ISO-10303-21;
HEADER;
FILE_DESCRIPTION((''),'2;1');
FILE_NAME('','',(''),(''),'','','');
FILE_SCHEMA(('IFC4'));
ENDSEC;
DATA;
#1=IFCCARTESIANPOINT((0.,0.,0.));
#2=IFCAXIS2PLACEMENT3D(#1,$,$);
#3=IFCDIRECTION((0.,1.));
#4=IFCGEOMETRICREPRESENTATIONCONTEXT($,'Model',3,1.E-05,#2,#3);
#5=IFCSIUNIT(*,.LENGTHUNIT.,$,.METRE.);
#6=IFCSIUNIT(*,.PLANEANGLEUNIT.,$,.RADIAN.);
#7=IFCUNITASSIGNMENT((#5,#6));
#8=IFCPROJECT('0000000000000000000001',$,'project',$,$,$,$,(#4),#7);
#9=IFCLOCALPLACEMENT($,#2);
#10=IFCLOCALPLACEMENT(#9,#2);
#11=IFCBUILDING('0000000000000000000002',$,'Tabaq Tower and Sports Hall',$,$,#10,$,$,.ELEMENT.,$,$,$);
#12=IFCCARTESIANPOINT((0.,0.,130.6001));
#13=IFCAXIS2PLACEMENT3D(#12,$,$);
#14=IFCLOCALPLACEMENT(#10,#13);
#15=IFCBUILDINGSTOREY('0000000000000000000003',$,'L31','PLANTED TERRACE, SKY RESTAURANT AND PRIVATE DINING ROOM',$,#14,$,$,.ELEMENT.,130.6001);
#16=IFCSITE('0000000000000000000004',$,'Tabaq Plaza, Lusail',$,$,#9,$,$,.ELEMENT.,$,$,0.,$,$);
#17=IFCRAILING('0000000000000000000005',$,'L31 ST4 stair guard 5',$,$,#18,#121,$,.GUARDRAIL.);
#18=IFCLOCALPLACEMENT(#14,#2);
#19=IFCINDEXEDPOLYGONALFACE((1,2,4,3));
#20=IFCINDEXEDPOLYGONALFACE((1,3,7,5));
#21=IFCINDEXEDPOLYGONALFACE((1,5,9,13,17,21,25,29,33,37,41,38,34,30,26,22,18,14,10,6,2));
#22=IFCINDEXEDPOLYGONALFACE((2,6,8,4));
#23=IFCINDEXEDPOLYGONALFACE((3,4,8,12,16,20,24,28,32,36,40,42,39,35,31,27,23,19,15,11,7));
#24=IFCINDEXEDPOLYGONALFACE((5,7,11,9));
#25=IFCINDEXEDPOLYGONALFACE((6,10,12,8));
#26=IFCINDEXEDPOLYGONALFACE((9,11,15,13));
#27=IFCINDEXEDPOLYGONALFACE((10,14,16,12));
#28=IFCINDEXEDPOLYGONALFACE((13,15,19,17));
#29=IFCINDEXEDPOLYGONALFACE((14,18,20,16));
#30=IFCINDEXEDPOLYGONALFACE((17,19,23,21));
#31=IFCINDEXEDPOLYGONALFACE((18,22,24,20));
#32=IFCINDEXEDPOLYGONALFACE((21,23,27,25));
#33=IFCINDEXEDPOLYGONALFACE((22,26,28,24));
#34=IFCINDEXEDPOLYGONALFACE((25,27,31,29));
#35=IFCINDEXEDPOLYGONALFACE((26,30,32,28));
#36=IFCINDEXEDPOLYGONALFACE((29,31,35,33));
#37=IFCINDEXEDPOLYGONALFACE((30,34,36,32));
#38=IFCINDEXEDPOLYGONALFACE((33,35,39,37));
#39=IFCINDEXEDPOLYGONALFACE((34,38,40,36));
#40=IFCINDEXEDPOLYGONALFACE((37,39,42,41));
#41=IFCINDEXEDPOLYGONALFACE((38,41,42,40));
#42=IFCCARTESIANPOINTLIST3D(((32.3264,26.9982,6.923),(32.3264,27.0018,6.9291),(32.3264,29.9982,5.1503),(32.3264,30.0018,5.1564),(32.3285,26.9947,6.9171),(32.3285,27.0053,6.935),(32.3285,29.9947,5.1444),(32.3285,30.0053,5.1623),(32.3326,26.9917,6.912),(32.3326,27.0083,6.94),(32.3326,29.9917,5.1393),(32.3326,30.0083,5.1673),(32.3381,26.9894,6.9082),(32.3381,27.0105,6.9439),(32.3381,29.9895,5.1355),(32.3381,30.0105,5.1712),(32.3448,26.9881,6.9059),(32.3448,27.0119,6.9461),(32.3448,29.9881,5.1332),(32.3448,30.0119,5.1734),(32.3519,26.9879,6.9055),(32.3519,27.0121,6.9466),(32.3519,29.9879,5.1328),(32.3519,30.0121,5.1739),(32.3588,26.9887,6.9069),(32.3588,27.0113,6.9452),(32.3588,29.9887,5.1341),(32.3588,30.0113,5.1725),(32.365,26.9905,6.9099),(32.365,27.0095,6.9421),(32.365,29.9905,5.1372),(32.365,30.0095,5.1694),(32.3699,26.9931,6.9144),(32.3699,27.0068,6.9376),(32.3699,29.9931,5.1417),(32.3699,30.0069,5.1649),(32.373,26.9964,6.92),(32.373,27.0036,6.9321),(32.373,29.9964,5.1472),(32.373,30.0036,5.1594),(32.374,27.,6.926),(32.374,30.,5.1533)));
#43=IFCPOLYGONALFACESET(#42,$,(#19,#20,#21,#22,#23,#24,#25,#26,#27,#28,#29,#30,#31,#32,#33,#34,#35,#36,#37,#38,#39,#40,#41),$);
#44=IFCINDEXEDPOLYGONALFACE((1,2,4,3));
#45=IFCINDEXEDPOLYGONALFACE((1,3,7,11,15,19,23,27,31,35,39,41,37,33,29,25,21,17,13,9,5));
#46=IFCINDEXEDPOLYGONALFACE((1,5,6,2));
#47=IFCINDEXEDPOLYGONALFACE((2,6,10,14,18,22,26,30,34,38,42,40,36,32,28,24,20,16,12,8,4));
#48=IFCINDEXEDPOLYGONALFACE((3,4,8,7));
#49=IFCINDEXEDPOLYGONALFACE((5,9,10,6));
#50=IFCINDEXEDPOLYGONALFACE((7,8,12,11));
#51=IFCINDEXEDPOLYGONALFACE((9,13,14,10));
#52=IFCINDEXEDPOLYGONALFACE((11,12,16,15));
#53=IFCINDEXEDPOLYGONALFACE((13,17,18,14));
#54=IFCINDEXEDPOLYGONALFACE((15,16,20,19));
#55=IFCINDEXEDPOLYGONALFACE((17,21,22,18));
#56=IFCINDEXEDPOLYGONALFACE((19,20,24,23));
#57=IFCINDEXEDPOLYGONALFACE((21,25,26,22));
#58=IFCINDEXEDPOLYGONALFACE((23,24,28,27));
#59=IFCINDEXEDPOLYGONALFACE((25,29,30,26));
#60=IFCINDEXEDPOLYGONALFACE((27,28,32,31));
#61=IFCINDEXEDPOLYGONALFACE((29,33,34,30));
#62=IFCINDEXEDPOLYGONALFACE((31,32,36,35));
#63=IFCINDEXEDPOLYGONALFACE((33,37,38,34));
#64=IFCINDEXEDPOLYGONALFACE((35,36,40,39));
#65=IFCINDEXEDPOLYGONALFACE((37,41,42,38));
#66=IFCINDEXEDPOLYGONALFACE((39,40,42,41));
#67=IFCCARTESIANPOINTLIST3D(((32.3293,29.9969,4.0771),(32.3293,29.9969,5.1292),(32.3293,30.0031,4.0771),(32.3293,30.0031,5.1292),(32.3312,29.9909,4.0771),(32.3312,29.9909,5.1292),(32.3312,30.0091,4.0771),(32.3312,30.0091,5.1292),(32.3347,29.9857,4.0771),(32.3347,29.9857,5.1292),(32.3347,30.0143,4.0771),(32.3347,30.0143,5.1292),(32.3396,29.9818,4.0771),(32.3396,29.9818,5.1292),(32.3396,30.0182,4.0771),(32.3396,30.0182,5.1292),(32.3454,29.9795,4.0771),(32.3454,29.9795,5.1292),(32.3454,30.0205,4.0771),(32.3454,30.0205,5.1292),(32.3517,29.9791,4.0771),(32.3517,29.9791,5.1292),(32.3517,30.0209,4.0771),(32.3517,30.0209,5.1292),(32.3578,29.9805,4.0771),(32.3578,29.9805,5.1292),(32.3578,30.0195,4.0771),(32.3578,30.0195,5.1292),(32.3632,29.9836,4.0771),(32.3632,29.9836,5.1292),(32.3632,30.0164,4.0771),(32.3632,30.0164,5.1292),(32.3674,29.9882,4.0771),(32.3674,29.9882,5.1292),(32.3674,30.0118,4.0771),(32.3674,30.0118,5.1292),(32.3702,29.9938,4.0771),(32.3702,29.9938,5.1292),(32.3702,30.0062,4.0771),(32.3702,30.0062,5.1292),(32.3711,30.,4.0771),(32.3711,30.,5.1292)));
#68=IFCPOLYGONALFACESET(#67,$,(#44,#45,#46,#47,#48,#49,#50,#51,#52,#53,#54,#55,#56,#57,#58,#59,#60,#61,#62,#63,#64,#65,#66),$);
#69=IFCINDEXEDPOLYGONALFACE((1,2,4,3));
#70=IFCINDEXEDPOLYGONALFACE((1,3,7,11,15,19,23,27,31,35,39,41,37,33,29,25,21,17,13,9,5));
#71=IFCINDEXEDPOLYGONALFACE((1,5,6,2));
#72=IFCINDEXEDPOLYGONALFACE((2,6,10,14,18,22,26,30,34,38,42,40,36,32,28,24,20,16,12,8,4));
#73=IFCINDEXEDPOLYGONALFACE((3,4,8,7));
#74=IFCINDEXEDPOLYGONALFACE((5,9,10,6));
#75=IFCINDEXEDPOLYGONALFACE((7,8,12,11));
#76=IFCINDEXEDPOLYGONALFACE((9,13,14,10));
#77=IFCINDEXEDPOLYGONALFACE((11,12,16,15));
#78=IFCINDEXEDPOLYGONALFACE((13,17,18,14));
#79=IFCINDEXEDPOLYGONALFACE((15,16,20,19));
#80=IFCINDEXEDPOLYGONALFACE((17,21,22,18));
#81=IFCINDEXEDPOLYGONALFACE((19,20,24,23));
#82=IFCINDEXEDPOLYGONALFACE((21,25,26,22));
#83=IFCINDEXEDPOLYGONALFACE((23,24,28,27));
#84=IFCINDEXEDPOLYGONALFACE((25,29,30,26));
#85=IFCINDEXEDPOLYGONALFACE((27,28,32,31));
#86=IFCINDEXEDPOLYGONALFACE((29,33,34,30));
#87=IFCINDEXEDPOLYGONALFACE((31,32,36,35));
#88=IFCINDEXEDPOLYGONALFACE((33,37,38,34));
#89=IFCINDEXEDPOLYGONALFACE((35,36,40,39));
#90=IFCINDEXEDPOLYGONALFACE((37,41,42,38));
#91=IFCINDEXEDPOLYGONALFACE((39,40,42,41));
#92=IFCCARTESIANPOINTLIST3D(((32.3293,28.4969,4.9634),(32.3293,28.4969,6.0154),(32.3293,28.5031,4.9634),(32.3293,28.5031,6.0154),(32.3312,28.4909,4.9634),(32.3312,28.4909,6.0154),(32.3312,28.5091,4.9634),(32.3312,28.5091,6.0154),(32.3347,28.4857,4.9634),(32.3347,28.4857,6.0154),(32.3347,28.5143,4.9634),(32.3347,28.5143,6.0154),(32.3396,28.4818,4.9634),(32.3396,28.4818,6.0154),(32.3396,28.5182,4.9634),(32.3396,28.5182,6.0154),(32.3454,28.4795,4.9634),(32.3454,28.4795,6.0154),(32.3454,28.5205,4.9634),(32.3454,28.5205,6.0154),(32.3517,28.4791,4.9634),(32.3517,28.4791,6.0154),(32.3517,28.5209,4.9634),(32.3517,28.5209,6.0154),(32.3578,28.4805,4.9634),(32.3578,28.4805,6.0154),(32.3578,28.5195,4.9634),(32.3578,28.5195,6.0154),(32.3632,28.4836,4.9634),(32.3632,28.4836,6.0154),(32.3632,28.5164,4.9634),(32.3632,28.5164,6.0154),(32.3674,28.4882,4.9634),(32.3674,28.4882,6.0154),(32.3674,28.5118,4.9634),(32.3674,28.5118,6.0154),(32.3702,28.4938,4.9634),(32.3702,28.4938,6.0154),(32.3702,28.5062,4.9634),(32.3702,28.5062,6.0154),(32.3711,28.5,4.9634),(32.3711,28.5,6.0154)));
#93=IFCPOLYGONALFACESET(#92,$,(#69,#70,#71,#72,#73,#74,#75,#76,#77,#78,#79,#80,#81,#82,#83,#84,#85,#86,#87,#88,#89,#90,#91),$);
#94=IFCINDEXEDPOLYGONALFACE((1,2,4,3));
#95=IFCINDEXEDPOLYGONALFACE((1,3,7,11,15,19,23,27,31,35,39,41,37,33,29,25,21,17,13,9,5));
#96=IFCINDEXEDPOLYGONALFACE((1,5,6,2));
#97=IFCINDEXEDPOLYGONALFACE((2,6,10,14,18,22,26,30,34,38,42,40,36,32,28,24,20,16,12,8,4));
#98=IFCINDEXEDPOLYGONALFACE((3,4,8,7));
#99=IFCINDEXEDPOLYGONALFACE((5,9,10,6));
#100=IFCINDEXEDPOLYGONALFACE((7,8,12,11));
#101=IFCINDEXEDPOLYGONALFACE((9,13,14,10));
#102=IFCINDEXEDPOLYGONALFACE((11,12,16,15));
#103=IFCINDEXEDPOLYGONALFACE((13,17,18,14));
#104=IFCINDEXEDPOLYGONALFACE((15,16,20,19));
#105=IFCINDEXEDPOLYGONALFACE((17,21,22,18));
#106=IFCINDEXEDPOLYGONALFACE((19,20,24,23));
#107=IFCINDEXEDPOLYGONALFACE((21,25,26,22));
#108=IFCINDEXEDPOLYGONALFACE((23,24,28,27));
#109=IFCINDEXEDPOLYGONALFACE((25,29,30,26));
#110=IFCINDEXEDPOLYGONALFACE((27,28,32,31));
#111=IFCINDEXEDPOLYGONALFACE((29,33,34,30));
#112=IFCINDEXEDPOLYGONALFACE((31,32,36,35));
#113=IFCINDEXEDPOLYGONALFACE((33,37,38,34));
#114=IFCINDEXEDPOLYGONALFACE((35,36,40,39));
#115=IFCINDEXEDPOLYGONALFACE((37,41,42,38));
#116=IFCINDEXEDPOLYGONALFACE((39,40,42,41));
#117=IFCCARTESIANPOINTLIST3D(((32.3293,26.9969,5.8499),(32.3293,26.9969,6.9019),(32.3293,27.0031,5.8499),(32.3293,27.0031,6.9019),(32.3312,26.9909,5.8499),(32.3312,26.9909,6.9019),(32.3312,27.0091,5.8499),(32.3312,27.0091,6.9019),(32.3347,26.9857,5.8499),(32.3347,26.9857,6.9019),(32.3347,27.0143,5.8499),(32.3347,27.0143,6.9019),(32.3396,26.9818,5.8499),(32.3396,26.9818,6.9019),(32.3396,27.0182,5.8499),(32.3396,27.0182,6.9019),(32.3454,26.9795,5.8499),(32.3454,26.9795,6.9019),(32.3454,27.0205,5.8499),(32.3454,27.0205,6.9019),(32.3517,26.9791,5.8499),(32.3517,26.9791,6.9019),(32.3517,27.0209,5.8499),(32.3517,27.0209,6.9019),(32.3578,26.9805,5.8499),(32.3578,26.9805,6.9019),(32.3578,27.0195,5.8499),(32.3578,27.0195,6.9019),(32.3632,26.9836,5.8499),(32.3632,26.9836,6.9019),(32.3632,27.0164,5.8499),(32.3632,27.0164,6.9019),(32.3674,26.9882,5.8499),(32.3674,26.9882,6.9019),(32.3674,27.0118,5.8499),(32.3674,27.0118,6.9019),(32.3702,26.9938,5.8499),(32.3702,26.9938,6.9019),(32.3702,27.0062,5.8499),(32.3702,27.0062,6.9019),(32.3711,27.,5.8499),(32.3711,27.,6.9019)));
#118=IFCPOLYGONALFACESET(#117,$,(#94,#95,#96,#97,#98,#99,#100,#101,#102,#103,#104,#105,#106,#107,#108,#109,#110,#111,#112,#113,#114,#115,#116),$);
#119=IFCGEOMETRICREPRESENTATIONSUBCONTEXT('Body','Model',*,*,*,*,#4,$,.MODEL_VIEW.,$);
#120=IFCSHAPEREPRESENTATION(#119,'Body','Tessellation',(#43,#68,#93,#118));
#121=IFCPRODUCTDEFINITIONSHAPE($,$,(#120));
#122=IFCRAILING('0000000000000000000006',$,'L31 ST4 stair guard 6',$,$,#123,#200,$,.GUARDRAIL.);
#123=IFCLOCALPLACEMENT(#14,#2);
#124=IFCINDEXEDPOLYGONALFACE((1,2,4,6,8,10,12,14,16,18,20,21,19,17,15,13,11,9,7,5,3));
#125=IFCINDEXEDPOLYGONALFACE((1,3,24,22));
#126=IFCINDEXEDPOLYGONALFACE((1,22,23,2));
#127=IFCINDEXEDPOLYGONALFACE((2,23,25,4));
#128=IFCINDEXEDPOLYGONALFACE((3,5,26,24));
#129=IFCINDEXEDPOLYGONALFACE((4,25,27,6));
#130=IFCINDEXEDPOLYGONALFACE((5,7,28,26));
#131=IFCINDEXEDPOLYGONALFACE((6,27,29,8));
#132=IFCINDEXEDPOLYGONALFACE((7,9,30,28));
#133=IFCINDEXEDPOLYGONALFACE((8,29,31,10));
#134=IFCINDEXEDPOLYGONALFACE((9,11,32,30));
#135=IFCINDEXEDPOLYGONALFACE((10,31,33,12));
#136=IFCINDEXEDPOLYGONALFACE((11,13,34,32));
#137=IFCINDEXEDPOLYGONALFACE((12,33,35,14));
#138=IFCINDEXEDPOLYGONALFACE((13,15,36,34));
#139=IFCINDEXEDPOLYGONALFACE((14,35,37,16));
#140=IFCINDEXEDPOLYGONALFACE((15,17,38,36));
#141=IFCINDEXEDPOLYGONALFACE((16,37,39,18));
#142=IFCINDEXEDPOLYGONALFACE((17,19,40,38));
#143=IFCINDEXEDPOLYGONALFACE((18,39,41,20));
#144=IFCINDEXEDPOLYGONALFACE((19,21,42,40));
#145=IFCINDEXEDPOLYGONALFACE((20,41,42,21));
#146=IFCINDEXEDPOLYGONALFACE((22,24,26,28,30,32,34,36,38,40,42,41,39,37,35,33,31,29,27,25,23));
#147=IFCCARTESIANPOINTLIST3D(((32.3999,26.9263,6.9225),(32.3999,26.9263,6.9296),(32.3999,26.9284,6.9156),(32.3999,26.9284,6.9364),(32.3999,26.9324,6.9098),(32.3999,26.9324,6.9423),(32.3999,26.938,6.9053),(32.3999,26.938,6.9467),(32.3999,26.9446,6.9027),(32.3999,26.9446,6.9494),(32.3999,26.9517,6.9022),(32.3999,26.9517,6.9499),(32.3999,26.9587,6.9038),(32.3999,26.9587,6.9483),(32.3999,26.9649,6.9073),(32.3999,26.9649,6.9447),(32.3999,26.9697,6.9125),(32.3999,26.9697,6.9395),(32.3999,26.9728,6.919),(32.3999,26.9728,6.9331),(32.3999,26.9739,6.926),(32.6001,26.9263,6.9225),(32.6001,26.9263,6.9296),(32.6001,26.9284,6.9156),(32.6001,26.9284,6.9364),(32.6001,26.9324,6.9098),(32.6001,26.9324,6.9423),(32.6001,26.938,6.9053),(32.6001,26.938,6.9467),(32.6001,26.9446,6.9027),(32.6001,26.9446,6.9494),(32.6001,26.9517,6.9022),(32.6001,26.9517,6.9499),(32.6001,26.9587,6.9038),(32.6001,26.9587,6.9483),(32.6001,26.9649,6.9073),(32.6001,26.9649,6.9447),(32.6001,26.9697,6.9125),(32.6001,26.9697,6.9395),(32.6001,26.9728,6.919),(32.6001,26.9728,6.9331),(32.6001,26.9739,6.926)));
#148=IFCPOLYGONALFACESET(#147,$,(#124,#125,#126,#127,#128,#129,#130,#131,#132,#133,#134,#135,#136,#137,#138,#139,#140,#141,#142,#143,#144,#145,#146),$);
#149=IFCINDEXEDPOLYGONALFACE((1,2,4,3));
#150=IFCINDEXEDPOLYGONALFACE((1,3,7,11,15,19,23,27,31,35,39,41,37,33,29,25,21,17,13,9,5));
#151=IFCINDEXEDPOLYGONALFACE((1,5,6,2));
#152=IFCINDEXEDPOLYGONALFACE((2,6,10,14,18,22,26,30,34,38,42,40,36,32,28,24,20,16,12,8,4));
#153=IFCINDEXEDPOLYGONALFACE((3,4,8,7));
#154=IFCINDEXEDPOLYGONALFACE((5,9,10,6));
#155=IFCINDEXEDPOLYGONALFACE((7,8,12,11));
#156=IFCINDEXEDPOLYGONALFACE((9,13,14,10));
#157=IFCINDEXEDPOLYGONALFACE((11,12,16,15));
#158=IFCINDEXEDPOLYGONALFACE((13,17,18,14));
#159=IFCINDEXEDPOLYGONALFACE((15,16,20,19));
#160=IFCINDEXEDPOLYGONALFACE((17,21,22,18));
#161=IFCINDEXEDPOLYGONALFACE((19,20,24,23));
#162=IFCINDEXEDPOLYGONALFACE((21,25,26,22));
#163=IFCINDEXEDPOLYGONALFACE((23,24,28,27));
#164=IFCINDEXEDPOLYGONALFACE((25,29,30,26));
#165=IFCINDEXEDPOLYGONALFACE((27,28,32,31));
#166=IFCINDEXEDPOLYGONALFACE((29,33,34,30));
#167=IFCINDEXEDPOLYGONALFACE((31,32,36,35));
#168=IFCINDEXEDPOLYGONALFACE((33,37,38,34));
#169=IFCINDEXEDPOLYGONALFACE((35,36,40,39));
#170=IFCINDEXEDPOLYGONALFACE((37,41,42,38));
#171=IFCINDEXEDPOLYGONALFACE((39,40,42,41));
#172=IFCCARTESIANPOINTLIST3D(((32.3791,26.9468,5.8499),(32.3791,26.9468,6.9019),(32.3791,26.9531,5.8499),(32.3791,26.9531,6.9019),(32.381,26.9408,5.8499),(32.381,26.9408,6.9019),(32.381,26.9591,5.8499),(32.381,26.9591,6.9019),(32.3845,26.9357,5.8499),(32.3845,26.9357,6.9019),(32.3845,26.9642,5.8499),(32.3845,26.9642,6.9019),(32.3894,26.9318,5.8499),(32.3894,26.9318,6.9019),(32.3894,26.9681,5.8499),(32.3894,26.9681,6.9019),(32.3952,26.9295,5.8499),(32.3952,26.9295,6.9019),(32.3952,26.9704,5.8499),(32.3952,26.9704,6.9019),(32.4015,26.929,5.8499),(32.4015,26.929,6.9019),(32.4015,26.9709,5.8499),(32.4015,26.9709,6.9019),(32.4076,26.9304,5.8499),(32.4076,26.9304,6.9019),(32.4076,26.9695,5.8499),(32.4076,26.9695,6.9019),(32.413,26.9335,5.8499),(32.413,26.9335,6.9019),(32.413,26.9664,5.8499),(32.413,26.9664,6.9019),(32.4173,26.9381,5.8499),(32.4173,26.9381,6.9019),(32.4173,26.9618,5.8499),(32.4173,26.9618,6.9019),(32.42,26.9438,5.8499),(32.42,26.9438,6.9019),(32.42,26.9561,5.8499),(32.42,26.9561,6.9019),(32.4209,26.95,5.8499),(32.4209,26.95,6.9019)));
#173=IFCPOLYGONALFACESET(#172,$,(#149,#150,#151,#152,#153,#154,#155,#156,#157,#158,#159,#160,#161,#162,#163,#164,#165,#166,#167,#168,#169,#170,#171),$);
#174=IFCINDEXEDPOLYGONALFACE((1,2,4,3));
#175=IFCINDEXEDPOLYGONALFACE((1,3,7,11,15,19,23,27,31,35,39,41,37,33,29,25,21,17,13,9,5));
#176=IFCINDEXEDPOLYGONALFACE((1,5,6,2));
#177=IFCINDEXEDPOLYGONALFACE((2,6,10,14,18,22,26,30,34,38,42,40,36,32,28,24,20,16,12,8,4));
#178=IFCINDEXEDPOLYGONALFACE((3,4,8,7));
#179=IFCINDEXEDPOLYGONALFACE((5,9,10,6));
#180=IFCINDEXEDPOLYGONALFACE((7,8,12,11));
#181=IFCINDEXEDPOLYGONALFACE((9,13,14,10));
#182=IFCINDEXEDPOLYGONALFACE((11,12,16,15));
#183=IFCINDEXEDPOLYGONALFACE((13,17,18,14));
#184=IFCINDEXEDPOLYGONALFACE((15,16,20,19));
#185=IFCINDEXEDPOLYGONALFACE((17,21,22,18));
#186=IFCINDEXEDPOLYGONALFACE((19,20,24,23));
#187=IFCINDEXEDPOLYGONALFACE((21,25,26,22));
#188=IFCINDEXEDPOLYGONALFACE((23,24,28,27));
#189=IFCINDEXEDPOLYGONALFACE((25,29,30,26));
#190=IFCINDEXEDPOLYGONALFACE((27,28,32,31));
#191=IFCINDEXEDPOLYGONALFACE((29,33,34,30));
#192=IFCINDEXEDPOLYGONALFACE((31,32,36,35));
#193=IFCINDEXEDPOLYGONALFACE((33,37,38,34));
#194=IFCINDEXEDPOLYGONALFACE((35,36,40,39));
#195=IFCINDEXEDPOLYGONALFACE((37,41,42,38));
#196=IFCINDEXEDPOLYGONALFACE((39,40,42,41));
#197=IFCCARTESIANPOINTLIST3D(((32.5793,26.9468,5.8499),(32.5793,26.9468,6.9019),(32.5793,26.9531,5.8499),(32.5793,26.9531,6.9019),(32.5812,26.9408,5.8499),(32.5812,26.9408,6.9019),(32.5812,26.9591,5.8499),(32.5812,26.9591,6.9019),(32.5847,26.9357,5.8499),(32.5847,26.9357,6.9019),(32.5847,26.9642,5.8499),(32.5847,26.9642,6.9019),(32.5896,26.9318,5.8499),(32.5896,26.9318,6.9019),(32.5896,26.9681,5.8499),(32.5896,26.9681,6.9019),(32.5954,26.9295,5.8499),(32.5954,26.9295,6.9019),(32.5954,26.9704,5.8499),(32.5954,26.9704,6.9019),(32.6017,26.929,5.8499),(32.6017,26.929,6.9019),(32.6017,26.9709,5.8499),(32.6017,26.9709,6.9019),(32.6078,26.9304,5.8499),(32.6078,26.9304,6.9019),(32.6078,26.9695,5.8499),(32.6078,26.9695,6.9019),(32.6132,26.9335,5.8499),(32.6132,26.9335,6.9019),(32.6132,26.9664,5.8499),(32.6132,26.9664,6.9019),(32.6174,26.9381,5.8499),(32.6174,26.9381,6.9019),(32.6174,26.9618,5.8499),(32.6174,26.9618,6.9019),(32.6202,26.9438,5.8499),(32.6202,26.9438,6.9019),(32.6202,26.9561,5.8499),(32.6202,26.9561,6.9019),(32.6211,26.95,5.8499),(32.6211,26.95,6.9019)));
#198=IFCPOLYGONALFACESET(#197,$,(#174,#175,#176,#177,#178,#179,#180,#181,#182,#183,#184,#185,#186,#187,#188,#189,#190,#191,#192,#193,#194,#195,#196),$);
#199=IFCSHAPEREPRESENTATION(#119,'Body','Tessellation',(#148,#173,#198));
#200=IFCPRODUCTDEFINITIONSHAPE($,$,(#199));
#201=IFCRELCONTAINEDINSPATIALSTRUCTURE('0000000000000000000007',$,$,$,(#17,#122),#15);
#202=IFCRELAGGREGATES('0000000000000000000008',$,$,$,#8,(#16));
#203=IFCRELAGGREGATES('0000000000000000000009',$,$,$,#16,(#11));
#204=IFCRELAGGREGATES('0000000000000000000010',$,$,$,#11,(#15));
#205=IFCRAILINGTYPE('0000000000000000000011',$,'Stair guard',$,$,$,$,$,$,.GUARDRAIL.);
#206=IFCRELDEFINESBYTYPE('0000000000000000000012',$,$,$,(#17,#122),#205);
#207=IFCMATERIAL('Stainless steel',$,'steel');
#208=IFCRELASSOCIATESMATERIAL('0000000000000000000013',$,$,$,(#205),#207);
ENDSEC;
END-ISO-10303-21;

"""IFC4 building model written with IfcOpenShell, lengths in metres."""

from ifc_helpers import new_model, si_unit, direction, frame, origin, origin_2d, place, context, subcontext, project, spatial, circle, extrude, material, type_object, element, save


model = new_model("IFC4")

# Units and contexts
model_context = context("Model", 3, precision=1e-05, world=origin(), true_north=direction((0.0, 1.0)))
body_context = subcontext(model_context, "Body", "Model", "MODEL_VIEW")
ifc_project = project(units=[si_unit("LENGTHUNIT", "METRE"), si_unit("PLANEANGLEUNIT", "RADIAN")], contexts=[model_context])

# Site, building, storey
site_placement = place(None, origin())
site = spatial("IfcSite", under=ifc_project, at=site_placement, Name="Tabaq Plaza, Lusail", CompositionType="ELEMENT", RefElevation=0.0)
building_placement = place(site_placement, origin())
building = spatial("IfcBuilding", under=site, at=building_placement, Name="Tabaq Tower and Sports Hall", CompositionType="ELEMENT")
storey_placement = place(building_placement, frame((0.0, 0.0, 130.6001)))
storey = spatial("IfcBuildingStorey", under=building, at=storey_placement, Name="L31", Description="PLANTED TERRACE, SKY RESTAURANT AND PRIVATE DINING ROOM", CompositionType="ELEMENT", Elevation=130.6001)

# Railings
ifc_material_1 = material(Name="Stainless steel", Category="steel")
railing_type_1 = type_object("IfcRailingType", Name="Stair guard", PredefinedType="GUARDRAIL", material=ifc_material_1)
railing_1_placement = place(storey_placement, frame((32.3501, 30.0, 4.0771)))
element("IfcRailing", 1, at=railing_1_placement, inside=storey, type_object=railing_type_1, Name="L31 ST4 stair guard 5", PredefinedType="GUARDRAIL", context=body_context, shape_type="SweptSolid", body=[
    extrude(circle(Radius=0.0239, at=origin_2d()), frame((0.0, 0.0, 1.0762), z_axis=(0.0, -0.860929, 0.508725), x_axis=(1.0, 0.0, 0.0)), (0.0, 0.0, 1.0), 3.4846),
    extrude(circle(Radius=0.021, at=origin_2d()), origin(), (0.0, 0.0, 1.0), 1.052),
    extrude(circle(Radius=0.021, at=origin_2d()), frame((0.0, -1.5, 0.8862)), (0.0, 0.0, 1.0), 1.052),
    extrude(circle(Radius=0.021, at=origin_2d()), frame((0.0, -3.0, 1.7727)), (0.0, 0.0, 1.0), 1.052),
])
railing_2_placement = place(storey_placement, frame((32.3999, 26.95, 5.8499)))
element("IfcRailing", 2, at=railing_2_placement, inside=storey, type_object=railing_type_1, Name="L31 ST4 stair guard 6", PredefinedType="GUARDRAIL", context=body_context, shape_type="SweptSolid", body=[
    extrude(circle(Radius=0.0239, at=origin_2d()), frame((0.0, 0.0, 1.0762), z_axis=(1.0, 0.0, 0.0), x_axis=(0.0, 1.0, 0.0)), (0.0, 0.0, 1.0), 0.2002),
    extrude(circle(Radius=0.021, at=origin_2d()), origin(), (0.0, 0.0, 1.0), 1.052),
    extrude(circle(Radius=0.021, at=origin_2d()), frame((0.2002, 0.0, 0.0)), (0.0, 0.0, 1.0), 1.052),
])

save(model, "model.ifc")
